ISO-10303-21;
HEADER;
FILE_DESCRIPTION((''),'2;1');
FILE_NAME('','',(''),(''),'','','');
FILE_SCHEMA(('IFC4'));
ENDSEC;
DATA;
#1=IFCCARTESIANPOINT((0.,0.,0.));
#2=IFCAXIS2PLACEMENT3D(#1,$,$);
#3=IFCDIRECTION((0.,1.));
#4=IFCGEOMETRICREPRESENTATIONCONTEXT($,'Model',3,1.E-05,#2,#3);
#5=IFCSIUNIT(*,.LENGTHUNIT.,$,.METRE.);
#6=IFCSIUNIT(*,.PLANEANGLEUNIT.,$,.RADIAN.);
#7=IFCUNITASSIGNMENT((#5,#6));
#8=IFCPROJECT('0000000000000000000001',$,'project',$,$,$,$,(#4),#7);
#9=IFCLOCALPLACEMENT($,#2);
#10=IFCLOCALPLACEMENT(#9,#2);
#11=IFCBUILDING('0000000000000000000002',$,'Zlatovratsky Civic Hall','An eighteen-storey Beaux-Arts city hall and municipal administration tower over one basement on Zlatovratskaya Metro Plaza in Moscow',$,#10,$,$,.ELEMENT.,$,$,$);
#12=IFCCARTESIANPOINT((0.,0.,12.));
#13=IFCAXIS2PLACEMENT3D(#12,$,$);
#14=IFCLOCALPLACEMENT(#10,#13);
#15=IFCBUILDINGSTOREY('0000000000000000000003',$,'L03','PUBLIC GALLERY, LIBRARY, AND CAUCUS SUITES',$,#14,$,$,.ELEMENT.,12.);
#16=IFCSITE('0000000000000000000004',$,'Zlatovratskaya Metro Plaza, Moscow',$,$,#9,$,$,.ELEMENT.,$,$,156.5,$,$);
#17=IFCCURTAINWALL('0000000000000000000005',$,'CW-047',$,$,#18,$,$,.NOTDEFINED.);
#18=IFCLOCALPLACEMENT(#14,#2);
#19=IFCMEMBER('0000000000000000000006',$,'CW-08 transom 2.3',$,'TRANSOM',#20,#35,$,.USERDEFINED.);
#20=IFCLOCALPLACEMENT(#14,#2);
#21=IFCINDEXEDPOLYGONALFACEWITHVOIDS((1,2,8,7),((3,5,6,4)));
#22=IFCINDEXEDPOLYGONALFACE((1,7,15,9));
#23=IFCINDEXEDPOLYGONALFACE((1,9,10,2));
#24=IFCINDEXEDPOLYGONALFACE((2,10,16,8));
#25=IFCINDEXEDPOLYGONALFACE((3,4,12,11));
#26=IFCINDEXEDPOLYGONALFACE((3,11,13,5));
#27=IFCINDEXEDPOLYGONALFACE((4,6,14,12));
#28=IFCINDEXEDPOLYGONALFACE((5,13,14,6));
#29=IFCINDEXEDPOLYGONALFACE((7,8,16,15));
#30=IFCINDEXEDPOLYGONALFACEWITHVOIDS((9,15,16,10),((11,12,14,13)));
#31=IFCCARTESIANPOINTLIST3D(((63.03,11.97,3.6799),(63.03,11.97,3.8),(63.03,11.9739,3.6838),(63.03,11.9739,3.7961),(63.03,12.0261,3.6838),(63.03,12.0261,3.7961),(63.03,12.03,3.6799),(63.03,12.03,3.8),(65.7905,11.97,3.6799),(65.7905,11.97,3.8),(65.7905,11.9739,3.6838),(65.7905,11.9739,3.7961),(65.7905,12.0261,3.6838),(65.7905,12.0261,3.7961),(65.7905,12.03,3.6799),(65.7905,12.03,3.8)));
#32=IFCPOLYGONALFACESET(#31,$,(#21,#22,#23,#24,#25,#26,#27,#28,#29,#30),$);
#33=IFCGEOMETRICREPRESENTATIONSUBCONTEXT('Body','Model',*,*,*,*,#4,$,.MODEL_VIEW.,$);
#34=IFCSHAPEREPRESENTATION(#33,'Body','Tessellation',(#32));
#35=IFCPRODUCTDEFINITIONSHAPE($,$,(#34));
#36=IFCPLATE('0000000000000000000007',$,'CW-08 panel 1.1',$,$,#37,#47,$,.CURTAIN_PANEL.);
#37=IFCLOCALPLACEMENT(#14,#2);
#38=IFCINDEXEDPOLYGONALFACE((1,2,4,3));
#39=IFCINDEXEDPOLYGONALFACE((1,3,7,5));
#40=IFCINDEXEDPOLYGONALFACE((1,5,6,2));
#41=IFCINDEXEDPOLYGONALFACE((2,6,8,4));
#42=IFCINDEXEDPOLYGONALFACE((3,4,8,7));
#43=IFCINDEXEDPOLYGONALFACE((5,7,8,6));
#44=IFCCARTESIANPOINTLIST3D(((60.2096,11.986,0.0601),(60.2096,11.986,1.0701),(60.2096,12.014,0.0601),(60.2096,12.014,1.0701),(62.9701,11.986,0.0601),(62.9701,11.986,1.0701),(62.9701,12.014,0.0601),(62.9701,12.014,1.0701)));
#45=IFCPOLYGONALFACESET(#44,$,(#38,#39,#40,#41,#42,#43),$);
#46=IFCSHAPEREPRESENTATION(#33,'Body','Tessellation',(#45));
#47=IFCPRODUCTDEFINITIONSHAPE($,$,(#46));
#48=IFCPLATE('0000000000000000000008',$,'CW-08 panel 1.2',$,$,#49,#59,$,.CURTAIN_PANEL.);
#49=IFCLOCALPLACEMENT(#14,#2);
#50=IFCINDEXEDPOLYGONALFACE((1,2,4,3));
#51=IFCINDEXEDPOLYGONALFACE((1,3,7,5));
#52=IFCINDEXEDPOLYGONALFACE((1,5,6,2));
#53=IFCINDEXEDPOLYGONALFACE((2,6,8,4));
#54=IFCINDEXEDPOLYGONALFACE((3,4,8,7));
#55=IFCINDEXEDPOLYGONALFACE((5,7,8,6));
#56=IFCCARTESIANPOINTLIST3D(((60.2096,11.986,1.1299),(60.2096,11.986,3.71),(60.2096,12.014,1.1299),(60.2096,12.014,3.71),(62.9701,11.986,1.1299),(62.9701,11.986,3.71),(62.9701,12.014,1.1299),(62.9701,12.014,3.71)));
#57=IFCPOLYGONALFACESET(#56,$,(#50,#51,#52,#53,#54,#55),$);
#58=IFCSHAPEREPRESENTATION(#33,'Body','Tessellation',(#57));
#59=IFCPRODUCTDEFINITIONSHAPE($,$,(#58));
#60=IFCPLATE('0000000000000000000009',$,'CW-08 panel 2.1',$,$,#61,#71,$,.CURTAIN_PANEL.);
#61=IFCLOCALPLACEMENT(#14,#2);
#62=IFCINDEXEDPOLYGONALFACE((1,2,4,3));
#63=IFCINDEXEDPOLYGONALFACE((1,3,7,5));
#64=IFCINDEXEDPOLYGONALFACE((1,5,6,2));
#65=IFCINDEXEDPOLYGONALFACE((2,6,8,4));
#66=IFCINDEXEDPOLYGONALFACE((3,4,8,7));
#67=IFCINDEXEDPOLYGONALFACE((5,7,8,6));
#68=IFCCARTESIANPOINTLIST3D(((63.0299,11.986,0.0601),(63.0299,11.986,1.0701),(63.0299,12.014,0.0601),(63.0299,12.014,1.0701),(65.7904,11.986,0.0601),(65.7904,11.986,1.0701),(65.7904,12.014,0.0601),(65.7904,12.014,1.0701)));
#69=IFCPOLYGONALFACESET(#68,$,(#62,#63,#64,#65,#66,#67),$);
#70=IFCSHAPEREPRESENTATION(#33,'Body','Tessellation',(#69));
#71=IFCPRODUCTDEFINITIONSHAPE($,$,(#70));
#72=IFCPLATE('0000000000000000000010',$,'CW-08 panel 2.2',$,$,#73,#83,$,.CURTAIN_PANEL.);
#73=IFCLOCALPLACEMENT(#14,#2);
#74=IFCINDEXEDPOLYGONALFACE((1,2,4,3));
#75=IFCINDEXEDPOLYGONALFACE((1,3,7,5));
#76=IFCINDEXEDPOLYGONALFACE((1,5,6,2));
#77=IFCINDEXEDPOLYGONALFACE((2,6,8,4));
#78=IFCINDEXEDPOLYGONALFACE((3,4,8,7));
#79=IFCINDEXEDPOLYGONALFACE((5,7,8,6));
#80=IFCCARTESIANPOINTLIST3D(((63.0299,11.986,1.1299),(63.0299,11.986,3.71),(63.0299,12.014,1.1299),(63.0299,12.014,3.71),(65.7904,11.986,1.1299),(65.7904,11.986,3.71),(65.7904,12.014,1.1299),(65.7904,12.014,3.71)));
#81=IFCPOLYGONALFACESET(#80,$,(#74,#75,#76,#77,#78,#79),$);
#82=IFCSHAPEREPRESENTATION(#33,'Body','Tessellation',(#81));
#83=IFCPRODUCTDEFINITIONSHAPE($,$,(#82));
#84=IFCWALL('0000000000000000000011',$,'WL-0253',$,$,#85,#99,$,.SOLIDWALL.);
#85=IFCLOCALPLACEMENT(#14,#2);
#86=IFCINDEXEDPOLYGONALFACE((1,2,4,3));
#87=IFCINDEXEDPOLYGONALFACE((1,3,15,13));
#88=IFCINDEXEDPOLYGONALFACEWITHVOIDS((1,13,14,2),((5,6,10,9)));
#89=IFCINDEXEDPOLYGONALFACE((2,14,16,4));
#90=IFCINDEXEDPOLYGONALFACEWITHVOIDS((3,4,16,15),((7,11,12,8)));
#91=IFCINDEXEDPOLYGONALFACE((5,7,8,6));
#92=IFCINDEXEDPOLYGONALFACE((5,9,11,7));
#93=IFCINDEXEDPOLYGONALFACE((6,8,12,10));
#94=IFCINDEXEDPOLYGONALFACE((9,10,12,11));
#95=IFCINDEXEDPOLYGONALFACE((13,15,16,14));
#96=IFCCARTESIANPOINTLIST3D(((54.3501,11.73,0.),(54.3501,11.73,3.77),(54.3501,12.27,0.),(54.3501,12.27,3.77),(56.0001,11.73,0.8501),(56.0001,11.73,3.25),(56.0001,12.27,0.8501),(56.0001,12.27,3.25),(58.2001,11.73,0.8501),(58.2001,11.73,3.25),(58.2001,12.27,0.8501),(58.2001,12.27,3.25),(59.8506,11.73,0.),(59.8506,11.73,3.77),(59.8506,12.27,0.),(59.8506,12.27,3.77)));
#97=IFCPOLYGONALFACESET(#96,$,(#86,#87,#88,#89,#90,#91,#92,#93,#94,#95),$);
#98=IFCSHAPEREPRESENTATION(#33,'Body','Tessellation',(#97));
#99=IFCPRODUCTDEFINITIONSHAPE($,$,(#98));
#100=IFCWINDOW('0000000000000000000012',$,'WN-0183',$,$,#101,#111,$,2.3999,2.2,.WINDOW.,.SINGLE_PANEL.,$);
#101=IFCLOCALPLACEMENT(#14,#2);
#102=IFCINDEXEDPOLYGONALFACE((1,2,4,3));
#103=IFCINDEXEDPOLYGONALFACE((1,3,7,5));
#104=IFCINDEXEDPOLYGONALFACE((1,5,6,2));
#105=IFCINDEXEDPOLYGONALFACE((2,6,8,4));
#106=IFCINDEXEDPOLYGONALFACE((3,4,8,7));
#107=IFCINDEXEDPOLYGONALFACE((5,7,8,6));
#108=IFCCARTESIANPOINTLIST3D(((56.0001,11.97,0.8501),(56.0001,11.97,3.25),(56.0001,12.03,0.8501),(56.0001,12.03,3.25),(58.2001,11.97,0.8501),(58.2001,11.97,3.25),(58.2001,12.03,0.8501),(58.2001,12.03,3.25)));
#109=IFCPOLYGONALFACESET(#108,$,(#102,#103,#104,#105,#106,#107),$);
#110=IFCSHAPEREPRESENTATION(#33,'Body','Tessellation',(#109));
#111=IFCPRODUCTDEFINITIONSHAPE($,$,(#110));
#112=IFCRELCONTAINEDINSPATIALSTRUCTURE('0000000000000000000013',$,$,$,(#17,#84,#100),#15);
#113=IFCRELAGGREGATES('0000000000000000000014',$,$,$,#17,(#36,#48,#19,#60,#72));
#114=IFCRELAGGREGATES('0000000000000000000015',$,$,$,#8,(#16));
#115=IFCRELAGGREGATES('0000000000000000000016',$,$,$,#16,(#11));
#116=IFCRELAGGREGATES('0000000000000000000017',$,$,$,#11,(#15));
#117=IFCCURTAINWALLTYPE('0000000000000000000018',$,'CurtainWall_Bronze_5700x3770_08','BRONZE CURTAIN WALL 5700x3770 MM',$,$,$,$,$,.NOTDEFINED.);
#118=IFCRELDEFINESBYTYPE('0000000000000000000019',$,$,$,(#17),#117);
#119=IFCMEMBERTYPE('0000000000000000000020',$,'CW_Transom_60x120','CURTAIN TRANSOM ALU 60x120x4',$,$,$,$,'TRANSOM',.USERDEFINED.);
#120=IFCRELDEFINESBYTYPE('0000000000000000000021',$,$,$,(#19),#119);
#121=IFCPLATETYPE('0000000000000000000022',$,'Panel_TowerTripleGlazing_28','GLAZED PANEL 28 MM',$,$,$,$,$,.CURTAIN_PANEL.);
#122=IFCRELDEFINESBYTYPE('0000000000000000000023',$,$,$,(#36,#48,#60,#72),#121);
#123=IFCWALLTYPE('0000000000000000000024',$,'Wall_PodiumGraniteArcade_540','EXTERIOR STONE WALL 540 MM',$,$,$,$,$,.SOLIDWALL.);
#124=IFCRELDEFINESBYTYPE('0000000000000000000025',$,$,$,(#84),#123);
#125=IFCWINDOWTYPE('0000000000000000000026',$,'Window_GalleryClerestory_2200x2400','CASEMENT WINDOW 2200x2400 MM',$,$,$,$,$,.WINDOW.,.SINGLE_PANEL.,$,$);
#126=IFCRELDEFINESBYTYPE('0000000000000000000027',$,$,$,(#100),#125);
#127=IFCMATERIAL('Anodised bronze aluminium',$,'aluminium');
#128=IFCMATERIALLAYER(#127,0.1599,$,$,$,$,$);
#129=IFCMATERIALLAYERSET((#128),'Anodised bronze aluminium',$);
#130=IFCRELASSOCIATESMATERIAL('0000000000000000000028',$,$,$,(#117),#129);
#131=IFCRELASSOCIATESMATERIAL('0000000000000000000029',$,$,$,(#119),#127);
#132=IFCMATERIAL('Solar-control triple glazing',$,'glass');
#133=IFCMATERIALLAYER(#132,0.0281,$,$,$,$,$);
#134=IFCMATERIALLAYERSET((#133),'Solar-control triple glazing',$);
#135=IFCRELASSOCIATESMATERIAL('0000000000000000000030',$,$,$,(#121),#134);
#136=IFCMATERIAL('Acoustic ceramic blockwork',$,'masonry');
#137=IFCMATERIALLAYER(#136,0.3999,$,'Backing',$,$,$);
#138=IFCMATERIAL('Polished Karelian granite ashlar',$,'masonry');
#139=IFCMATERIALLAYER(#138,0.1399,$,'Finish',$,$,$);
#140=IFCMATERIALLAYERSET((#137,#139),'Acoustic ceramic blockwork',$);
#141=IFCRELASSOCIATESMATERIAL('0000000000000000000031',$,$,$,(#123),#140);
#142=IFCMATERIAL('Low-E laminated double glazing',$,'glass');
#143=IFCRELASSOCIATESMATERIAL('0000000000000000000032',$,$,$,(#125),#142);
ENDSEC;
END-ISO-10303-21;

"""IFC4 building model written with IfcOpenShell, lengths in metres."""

from ifc_helpers import new_model, si_unit, direction, frame, frame_2d, origin, origin_2d, place, context, subcontext, project, spatial, rectangle, hollow_rectangle, extrude, material, layer, layer_set, material_profile, profile_set, type_object, element, fill, aggregate, save


model = new_model("IFC4")

# Units and contexts
model_context = context("Model", 3, precision=1e-05, world=origin(), true_north=direction((0.0, 1.0)))
body_context = subcontext(model_context, "Body", "Model", "MODEL_VIEW")
ifc_project = project(units=[si_unit("LENGTHUNIT", "METRE"), si_unit("PLANEANGLEUNIT", "RADIAN")], contexts=[model_context])

# Site, building, storey
site_placement = place(None, origin())
site = spatial("IfcSite", under=ifc_project, at=site_placement, Name="Zlatovratskaya Metro Plaza, Moscow", CompositionType="ELEMENT", RefElevation=156.5)
building_placement = place(site_placement, origin())
building = spatial("IfcBuilding", under=site, at=building_placement, Name="Zlatovratsky Civic Hall", Description="An eighteen-storey Beaux-Arts city hall and municipal administration tower over one basement on Zlatovratskaya Metro Plaza in Moscow", CompositionType="ELEMENT")
storey_placement = place(building_placement, frame((0.0, 0.0, 12.0)))
storey = spatial("IfcBuildingStorey", under=building, at=storey_placement, Name="L03", Description="PUBLIC GALLERY, LIBRARY, AND CAUCUS SUITES", CompositionType="ELEMENT", Elevation=12.0)

# Curtain wall, member, plates
ifc_material_1 = material(Name="Anodised bronze aluminium", Category="aluminium")
ifc_layer_1 = layer(ifc_material_1, 0.1599)
ifc_layer_set_1 = layer_set([ifc_layer_1], Name="Anodised bronze aluminium")
curtain_wall_type = type_object("IfcCurtainWallType", Name="CurtainWall_Bronze_5700x3770_08", Description="BRONZE CURTAIN WALL 5700x3770 MM", PredefinedType="NOTDEFINED", material=ifc_layer_set_1)
curtain_wall_placement = place(storey_placement, origin())
curtain_wall = element("IfcCurtainWall", 1, at=curtain_wall_placement, inside=storey, type_object=curtain_wall_type, Name="CW-047", PredefinedType="NOTDEFINED")
ifc_material_profile_1 = material_profile(ifc_material_1, hollow_rectangle(XDim=0.0601, YDim=0.1201, WallThickness=0.0039, at=origin_2d()), Name="ALU 60x120x4")
ifc_profile_set_1 = profile_set([ifc_material_profile_1], Name="Anodised bronze aluminium")
member_type_1 = type_object("IfcMemberType", Name="CW_Transom_60x120", Description="CURTAIN TRANSOM ALU 60x120x4", ElementType="TRANSOM", PredefinedType="USERDEFINED", material=ifc_profile_set_1)
member_1_placement = place(storey_placement, frame((63.03, 12.0, 3.74), z_axis=(1.0, 0.0, 0.0), x_axis=(0.0, 1.0, 0.0)))
member_1 = element("IfcMember", 2, at=member_1_placement, type_object=member_type_1, Name="CW-08 transom 2.3", ObjectType="TRANSOM", PredefinedType="USERDEFINED", context=body_context, shape_type="SweptSolid", body=[
    extrude(hollow_rectangle(XDim=0.0601, YDim=0.1201, WallThickness=0.0039, at=origin_2d()), origin(), (0.0, 0.0, 1.0), 2.7605),
])
ifc_material_2 = material(Name="Solar-control triple glazing", Category="glass")
ifc_layer_2 = layer(ifc_material_2, 0.0281)
ifc_layer_set_2 = layer_set([ifc_layer_2], Name="Solar-control triple glazing")
plate_type = type_object("IfcPlateType", Name="Panel_TowerTripleGlazing_28", Description="GLAZED PANEL 28 MM", PredefinedType="CURTAIN_PANEL", material=ifc_layer_set_2)
plate_1_placement = place(storey_placement, frame((61.5898, 12.0, 0.0601), z_axis=(0.0, 0.0, 1.0), x_axis=(1.0, 0.0, 0.0)))
plate_1 = element("IfcPlate", 3, at=plate_1_placement, type_object=plate_type, Name="CW-08 panel 1.1", PredefinedType="CURTAIN_PANEL", context=body_context, shape_type="SweptSolid", body=[
    extrude(rectangle(XDim=2.7605, YDim=0.0281, at=origin_2d()), origin(), (0.0, 0.0, 1.0), 1.01),
])
plate_2_placement = place(storey_placement, frame((61.5898, 12.0, 1.1299), z_axis=(0.0, 0.0, 1.0), x_axis=(1.0, 0.0, 0.0)))
plate_2 = element("IfcPlate", 4, at=plate_2_placement, type_object=plate_type, Name="CW-08 panel 1.2", PredefinedType="CURTAIN_PANEL", context=body_context, shape_type="SweptSolid", body=[
    extrude(rectangle(XDim=2.7605, YDim=0.0281, at=origin_2d()), origin(), (0.0, 0.0, 1.0), 2.5801),
])
plate_3_placement = place(storey_placement, frame((64.4102, 12.0, 0.0601), z_axis=(0.0, 0.0, 1.0), x_axis=(1.0, 0.0, 0.0)))
plate_3 = element("IfcPlate", 5, at=plate_3_placement, type_object=plate_type, Name="CW-08 panel 2.1", PredefinedType="CURTAIN_PANEL", context=body_context, shape_type="SweptSolid", body=[
    extrude(rectangle(XDim=2.7605, YDim=0.0281, at=origin_2d()), origin(), (0.0, 0.0, 1.0), 1.01),
])
plate_4_placement = place(storey_placement, frame((64.4102, 12.0, 1.1299), z_axis=(0.0, 0.0, 1.0), x_axis=(1.0, 0.0, 0.0)))
plate_4 = element("IfcPlate", 6, at=plate_4_placement, type_object=plate_type, Name="CW-08 panel 2.2", PredefinedType="CURTAIN_PANEL", context=body_context, shape_type="SweptSolid", body=[
    extrude(rectangle(XDim=2.7605, YDim=0.0281, at=origin_2d()), origin(), (0.0, 0.0, 1.0), 2.5801),
])
aggregate(curtain_wall, [plate_1, plate_2, member_1, plate_3, plate_4])

# Wall, opening, window
ifc_material_3 = material(Name="Acoustic ceramic blockwork", Category="masonry")
ifc_layer_3 = layer(ifc_material_3, 0.3999, Name="Backing")
ifc_material_4 = material(Name="Polished Karelian granite ashlar", Category="masonry")
ifc_layer_4 = layer(ifc_material_4, 0.1399, Name="Finish")
ifc_layer_set_3 = layer_set([ifc_layer_3, ifc_layer_4], Name="Acoustic ceramic blockwork")
wall_type = type_object("IfcWallType", Name="Wall_PodiumGraniteArcade_540", Description="EXTERIOR STONE WALL 540 MM", PredefinedType="SOLIDWALL", material=ifc_layer_set_3)
wall_placement = place(storey_placement, frame((54.3501, 12.0, 0.0), z_axis=(0.0, 0.0, 1.0), x_axis=(1.0, 0.0, 0.0)))
wall = element("IfcWall", 7, at=wall_placement, inside=storey, type_object=wall_type, Name="WL-0253", PredefinedType="SOLIDWALL", context=body_context, shape_type="SweptSolid", body=[
    extrude(rectangle(XDim=5.5005, YDim=0.54, at=frame_2d((2.7502, 0.0))), origin(), (0.0, 0.0, 1.0), 3.77),
])
opening_placement = place(wall_placement, frame((1.6499, 0.0, 0.8501)))
opening = element("IfcOpeningElement", 8, at=opening_placement, cuts=wall, PredefinedType="OPENING", context=body_context, shape_type="SweptSolid", body=[
    extrude(rectangle(XDim=2.2, YDim=2.3999, at=frame_2d((1.1001, 1.2))), frame((0.0, 0.2849, 0.0), z_axis=(0.0, -1.0, 0.0), x_axis=(1.0, 0.0, 0.0)), (0.0, 0.0, 1.0), 0.5698),
])
ifc_material_5 = material(Name="Low-E laminated double glazing", Category="glass")
window_type = type_object("IfcWindowType", Name="Window_GalleryClerestory_2200x2400", Description="CASEMENT WINDOW 2200x2400 MM", PartitioningType="SINGLE_PANEL", PredefinedType="WINDOW", material=ifc_material_5)
window_placement = place(opening_placement, origin())
window = element("IfcWindow", 9, at=window_placement, inside=storey, type_object=window_type, Name="WN-0183", OverallHeight=2.3999, OverallWidth=2.2, PartitioningType="SINGLE_PANEL", PredefinedType="WINDOW", context=body_context, shape_type="SweptSolid", body=[
    extrude(rectangle(XDim=2.2, YDim=2.3999, at=frame_2d((1.1001, 1.2))), frame((0.0, 0.03, 0.0), z_axis=(0.0, -1.0, 0.0), x_axis=(1.0, 0.0, 0.0)), (0.0, 0.0, 1.0), 0.0601),
])
fill(opening, window)

save(model, "model.ifc")
